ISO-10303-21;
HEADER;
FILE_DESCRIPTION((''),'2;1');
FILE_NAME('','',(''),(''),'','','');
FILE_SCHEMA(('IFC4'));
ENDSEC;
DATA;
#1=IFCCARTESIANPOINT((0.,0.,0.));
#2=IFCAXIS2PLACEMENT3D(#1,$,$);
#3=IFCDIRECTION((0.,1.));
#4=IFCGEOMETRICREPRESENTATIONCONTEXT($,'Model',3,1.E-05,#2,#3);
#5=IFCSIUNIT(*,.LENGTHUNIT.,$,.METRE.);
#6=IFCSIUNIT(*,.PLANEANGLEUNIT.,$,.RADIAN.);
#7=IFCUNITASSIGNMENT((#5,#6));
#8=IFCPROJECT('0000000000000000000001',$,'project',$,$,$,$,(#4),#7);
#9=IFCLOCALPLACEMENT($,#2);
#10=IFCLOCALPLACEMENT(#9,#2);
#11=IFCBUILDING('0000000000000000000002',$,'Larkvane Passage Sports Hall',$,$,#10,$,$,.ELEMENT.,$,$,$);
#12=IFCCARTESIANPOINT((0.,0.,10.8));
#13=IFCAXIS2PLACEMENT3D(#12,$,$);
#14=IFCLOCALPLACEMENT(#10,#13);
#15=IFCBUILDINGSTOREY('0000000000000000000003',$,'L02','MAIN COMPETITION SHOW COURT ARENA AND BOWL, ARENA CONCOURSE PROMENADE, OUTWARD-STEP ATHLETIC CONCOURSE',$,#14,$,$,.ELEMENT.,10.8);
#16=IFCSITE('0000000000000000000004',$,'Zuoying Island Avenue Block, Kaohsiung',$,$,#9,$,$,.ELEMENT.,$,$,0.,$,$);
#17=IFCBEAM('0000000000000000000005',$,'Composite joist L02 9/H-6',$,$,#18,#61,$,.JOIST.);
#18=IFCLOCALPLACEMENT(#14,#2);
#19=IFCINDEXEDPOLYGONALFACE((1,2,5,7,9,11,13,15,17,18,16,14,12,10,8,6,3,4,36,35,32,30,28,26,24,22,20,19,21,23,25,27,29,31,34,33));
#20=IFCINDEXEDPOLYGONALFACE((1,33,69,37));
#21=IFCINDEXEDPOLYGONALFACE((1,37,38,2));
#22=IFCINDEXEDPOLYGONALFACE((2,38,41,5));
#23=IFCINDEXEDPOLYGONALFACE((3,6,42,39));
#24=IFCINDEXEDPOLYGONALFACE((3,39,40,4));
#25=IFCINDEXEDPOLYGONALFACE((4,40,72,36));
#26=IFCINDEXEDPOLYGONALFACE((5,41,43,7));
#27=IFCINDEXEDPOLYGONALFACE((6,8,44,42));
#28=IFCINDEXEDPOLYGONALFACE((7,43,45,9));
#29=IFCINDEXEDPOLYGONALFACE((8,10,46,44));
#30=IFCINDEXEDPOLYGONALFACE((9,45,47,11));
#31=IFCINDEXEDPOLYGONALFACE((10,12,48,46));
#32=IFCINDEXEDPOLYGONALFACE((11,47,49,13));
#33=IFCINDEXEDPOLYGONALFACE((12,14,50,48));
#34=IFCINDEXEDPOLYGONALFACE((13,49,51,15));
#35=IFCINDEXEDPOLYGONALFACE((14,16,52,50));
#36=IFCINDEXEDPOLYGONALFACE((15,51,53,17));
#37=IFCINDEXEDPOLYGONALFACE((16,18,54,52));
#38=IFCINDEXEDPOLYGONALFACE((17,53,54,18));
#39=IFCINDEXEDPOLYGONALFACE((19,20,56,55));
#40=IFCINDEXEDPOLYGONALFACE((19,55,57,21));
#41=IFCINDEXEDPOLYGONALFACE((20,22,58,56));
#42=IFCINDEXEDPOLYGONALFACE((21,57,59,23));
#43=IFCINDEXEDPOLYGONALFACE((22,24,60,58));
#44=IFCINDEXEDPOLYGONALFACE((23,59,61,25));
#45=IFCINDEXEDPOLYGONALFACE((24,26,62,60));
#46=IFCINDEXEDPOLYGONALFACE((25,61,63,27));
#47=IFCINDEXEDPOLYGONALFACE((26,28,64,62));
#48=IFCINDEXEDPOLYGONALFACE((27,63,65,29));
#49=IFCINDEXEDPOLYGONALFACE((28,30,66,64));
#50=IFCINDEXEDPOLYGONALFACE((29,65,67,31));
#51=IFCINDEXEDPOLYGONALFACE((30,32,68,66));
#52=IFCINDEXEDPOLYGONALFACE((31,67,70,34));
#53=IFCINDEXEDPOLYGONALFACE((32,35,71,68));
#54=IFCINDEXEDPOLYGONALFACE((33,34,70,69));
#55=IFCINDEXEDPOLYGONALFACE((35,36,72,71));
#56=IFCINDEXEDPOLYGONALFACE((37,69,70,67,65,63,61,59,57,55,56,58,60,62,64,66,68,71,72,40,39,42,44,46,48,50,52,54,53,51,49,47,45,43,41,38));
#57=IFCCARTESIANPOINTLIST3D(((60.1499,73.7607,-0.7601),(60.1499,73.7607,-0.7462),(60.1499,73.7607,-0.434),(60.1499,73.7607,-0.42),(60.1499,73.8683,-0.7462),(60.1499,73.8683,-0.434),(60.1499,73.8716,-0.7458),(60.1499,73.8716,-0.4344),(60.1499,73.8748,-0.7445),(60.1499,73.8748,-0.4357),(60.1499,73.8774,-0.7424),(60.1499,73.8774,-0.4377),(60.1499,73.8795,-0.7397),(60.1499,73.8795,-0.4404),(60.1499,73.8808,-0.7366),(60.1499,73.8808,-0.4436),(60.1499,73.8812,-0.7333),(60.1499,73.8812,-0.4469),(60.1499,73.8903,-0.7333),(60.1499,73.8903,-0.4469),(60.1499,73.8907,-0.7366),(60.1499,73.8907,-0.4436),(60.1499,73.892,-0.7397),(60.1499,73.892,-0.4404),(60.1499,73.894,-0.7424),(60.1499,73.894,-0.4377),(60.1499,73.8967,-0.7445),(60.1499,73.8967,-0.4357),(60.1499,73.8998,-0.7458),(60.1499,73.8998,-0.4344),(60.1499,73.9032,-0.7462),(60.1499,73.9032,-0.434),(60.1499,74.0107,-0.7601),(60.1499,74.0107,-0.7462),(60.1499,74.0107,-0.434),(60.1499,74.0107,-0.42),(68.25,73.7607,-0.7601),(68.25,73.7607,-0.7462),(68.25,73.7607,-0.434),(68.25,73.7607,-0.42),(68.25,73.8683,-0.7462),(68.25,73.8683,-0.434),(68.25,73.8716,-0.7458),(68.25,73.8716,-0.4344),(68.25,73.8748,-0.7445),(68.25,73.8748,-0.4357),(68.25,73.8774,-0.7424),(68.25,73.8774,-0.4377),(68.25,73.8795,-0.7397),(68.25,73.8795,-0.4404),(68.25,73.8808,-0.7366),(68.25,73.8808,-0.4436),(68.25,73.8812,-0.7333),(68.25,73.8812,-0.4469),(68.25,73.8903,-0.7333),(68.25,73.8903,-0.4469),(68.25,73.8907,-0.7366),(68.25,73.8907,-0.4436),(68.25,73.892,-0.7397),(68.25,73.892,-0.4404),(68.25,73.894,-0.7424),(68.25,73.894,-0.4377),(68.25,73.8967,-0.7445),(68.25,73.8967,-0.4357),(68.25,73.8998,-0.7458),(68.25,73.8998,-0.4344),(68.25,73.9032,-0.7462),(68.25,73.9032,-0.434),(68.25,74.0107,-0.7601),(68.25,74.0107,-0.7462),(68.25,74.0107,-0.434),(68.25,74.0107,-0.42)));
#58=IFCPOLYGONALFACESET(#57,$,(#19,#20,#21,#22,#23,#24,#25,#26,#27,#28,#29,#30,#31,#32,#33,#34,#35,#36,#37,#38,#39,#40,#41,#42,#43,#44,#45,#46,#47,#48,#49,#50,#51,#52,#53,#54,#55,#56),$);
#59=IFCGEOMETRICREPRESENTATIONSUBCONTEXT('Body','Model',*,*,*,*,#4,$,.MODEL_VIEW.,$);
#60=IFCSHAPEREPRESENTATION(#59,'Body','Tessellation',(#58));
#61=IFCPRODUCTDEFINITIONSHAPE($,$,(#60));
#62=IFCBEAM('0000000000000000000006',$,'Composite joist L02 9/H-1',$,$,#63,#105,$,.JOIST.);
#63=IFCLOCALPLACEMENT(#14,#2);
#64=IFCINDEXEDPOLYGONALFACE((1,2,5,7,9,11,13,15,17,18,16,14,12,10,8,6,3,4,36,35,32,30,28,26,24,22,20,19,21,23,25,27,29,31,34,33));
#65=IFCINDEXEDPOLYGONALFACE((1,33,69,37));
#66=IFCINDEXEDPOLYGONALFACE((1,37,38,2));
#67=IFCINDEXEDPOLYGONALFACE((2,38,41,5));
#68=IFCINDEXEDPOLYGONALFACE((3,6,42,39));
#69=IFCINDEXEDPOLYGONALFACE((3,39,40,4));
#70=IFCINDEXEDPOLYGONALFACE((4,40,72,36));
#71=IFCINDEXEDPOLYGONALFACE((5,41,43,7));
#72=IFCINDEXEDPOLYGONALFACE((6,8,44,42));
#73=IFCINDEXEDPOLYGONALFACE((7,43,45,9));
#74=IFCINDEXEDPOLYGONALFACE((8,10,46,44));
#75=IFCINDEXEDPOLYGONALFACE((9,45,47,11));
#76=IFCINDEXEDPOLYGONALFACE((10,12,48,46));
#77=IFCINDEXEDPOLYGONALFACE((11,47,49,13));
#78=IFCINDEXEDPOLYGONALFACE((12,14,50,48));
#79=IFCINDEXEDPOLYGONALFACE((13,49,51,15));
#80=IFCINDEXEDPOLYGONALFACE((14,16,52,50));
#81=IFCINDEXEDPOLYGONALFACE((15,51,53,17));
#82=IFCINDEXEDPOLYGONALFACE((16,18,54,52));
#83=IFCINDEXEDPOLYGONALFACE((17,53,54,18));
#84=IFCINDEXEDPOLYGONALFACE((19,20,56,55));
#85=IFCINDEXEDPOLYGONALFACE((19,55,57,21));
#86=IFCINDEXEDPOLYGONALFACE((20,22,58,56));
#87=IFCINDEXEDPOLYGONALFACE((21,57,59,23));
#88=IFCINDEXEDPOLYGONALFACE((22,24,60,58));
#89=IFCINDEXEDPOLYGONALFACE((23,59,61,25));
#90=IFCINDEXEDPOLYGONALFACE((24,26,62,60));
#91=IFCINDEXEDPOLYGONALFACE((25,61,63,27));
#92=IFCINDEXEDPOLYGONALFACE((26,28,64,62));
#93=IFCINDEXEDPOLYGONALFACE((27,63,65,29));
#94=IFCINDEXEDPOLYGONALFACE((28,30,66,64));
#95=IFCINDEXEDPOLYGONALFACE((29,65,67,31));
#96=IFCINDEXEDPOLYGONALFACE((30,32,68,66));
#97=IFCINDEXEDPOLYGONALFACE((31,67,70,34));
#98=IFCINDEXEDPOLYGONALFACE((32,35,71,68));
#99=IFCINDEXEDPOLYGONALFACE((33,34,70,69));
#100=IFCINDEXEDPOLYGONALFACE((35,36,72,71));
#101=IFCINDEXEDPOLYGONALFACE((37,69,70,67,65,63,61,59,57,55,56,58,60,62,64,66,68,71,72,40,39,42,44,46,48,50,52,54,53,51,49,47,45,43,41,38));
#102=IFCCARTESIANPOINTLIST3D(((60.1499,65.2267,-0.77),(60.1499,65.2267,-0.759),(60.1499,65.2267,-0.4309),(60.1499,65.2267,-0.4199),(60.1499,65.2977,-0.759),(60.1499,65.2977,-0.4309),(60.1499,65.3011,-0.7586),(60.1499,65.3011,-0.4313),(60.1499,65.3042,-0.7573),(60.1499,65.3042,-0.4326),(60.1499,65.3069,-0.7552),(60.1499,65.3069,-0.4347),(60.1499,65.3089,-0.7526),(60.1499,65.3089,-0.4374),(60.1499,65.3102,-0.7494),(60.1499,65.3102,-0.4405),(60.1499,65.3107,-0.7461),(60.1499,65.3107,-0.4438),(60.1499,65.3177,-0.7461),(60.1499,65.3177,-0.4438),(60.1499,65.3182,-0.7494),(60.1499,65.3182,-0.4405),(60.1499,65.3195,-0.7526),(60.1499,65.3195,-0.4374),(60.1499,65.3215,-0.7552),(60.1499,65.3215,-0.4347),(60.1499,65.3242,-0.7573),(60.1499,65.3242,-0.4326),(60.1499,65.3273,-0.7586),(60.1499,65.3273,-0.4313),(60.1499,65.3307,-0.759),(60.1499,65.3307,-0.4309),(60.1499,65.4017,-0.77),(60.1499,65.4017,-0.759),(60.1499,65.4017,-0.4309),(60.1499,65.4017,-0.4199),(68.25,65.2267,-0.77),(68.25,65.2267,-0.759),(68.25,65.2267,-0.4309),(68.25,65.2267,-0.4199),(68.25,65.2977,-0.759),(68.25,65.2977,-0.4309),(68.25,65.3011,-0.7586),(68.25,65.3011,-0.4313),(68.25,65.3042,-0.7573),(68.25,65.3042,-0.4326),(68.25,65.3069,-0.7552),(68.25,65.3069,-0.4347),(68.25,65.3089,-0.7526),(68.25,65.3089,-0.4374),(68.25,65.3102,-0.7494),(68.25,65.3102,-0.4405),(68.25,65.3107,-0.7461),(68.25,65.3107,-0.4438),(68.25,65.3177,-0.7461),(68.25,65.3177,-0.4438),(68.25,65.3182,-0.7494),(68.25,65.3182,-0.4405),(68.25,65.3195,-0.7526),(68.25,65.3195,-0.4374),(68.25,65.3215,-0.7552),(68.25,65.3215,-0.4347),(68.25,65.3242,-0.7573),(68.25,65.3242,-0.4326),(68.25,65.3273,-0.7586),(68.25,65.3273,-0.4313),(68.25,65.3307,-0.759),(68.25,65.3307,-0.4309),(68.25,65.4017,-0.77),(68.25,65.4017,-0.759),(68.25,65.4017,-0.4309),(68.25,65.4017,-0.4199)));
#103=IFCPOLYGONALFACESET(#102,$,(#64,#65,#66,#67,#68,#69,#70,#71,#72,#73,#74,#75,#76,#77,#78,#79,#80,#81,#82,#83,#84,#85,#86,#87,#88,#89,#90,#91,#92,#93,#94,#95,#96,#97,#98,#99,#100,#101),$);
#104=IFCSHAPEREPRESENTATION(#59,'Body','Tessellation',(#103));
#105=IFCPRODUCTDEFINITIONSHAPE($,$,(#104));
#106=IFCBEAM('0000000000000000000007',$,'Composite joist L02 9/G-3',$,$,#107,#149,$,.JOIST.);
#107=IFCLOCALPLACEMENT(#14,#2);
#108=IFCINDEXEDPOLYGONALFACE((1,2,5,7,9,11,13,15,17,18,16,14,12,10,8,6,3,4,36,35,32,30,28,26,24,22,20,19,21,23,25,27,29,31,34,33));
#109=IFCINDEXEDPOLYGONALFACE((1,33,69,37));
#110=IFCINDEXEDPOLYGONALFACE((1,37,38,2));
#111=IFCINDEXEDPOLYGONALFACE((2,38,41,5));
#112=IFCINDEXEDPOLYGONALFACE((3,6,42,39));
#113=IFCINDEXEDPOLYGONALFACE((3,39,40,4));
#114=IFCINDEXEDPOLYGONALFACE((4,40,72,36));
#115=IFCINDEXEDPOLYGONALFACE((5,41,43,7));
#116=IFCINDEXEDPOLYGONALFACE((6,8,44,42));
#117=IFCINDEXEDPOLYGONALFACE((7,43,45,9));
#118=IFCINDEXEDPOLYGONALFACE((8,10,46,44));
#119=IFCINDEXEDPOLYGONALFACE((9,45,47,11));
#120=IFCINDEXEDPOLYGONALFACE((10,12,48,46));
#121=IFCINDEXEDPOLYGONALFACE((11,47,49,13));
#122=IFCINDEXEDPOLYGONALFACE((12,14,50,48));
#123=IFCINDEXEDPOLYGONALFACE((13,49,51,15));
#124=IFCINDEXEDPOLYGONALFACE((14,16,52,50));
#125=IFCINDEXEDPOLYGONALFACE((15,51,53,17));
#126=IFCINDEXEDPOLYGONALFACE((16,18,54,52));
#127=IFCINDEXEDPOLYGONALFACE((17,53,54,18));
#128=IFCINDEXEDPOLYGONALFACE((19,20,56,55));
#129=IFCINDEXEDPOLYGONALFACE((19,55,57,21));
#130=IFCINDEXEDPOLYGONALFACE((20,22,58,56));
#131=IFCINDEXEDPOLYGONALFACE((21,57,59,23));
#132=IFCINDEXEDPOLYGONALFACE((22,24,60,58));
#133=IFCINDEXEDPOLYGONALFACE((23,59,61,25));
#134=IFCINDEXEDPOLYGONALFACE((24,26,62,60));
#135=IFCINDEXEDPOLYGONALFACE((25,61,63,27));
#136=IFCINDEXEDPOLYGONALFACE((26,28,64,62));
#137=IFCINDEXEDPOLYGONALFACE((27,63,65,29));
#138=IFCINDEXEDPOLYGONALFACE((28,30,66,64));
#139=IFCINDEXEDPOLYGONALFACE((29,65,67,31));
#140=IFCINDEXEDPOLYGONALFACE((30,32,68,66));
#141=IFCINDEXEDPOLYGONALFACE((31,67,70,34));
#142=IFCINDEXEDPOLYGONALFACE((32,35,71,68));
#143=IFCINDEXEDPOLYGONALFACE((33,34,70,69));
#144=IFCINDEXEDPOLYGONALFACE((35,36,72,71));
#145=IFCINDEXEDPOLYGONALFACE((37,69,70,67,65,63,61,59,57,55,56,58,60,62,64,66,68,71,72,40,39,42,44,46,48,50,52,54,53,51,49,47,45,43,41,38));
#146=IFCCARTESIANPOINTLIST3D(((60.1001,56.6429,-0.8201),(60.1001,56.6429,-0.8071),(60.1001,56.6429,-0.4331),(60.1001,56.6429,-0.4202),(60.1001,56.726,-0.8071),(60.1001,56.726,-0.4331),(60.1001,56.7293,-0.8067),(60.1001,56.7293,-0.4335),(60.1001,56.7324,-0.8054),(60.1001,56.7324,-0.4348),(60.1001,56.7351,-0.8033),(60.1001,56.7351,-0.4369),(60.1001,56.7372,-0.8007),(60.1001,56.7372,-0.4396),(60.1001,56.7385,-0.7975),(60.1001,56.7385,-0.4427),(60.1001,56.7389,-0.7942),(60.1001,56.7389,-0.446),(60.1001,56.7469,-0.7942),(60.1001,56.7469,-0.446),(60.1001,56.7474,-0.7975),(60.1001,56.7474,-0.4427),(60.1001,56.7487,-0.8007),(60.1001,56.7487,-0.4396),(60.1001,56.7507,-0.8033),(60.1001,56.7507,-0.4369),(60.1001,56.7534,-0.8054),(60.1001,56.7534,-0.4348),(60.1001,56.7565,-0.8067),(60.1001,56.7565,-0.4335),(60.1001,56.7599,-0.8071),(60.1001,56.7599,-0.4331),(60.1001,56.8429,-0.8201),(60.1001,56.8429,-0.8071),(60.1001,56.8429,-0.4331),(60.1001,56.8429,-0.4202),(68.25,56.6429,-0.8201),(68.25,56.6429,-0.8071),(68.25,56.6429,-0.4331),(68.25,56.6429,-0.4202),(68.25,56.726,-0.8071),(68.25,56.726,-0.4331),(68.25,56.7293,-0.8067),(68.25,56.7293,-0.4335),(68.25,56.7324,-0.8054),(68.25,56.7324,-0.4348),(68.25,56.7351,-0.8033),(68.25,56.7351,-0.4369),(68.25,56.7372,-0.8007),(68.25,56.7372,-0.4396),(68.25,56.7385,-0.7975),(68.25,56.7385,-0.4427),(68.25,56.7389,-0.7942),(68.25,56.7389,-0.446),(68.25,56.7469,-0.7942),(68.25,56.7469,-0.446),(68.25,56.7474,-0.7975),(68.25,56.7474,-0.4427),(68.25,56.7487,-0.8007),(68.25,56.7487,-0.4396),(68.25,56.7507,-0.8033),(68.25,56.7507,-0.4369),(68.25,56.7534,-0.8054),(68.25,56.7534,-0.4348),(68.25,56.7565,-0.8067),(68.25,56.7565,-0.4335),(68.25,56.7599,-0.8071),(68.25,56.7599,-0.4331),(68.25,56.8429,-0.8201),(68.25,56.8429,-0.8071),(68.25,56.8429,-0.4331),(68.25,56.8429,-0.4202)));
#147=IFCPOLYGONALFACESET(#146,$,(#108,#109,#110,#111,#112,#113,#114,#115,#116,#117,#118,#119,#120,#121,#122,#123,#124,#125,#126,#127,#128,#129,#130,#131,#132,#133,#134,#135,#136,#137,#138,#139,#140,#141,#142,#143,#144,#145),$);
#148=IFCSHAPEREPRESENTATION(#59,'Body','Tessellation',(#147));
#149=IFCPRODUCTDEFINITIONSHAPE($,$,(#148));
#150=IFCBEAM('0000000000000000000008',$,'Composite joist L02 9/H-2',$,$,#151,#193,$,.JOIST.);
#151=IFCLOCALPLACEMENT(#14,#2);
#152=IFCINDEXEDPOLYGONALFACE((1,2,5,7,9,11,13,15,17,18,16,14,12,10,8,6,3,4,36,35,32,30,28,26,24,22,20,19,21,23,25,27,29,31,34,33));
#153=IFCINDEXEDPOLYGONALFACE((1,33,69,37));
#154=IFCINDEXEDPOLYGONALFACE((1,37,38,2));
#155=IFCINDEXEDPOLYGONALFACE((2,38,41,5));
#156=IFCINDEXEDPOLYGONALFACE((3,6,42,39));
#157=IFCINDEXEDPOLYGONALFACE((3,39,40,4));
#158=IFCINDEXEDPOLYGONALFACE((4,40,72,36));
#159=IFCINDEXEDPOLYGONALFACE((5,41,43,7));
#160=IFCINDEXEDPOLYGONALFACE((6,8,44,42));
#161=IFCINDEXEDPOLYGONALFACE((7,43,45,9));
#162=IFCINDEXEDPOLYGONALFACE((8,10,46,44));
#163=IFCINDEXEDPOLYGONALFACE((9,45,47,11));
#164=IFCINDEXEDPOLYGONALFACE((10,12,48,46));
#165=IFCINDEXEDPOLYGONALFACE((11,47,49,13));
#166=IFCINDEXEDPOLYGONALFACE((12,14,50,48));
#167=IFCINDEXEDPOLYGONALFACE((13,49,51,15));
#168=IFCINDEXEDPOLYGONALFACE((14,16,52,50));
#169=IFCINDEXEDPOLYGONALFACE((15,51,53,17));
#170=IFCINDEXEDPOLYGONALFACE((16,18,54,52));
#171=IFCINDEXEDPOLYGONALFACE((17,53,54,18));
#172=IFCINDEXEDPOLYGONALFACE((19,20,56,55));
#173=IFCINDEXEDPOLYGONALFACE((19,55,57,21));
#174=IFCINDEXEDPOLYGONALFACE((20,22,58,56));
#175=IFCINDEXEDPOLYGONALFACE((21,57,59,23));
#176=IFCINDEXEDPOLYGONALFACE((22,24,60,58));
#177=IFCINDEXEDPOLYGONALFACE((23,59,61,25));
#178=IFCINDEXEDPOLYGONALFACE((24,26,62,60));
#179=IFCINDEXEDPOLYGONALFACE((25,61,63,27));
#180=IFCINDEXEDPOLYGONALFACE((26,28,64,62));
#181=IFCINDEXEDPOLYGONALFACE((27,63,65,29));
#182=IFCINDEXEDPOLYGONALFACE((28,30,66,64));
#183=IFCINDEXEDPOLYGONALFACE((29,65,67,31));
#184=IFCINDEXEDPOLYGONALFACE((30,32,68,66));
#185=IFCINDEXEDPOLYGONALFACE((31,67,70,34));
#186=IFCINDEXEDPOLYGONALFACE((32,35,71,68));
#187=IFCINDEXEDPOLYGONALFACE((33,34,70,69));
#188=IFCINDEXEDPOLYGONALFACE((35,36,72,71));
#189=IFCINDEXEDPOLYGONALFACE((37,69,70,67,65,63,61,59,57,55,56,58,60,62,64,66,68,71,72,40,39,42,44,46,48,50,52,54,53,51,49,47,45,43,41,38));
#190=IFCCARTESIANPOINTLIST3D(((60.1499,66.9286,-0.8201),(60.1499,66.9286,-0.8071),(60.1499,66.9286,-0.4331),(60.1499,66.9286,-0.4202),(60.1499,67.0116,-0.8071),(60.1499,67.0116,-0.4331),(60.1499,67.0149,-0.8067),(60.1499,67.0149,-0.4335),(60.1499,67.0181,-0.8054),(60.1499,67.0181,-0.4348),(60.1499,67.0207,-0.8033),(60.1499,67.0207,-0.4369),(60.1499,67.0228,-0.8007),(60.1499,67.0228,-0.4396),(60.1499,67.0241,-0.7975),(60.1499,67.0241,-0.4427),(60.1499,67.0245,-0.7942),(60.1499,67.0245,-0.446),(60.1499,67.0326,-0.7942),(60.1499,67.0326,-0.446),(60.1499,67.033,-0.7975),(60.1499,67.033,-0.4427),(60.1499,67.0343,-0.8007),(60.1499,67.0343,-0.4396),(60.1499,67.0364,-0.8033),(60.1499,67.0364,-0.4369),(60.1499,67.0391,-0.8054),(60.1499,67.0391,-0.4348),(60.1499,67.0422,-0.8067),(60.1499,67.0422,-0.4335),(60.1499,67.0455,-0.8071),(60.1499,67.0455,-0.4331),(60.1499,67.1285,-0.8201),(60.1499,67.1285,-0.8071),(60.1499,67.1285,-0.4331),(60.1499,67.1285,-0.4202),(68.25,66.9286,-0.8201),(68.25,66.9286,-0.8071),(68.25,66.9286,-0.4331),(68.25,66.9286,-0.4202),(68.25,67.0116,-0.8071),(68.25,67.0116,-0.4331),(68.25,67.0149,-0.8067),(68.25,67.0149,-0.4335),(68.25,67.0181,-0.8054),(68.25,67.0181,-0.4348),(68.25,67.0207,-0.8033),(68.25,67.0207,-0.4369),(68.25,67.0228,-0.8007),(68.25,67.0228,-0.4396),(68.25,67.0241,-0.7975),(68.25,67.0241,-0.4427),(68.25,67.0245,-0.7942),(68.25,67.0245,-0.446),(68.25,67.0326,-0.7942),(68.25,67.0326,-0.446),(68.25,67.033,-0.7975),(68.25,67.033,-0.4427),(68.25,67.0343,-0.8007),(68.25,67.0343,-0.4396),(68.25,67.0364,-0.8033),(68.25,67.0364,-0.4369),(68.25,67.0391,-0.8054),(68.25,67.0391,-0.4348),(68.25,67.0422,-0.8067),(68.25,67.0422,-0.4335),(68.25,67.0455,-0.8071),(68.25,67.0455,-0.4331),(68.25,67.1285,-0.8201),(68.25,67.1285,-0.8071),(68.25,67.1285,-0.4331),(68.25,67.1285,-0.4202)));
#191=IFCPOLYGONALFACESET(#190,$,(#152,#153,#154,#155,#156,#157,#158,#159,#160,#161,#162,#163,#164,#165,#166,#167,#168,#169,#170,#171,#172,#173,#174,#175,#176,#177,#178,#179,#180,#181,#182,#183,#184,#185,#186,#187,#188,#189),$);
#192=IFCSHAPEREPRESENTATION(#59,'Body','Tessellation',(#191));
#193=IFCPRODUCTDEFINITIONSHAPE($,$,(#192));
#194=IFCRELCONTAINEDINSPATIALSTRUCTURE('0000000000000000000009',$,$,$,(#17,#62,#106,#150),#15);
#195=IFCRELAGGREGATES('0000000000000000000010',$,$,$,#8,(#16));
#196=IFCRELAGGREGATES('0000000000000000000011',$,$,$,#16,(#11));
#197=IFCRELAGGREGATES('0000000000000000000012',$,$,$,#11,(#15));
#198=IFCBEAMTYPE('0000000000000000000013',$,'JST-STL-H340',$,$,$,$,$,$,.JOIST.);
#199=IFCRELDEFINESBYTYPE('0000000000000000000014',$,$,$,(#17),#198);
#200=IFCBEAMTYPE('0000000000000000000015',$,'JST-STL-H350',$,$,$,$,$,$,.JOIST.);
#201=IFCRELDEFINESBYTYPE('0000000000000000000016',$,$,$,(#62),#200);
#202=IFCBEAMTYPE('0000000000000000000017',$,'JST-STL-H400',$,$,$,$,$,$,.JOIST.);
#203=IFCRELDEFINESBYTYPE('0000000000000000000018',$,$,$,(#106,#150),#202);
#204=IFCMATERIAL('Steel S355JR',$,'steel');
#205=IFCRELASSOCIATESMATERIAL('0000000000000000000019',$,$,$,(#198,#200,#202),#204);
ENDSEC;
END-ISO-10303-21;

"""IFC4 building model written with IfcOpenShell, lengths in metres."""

from ifc_helpers import new_model, si_unit, direction, frame, origin, origin_2d, place, context, subcontext, project, spatial, i_section, extrude, material, material_profile, profile_set, type_object, element, save


model = new_model("IFC4")

# Units and contexts
model_context = context("Model", 3, precision=1e-05, world=origin(), true_north=direction((0.0, 1.0)))
body_context = subcontext(model_context, "Body", "Model", "MODEL_VIEW")
ifc_project = project(units=[si_unit("LENGTHUNIT", "METRE"), si_unit("PLANEANGLEUNIT", "RADIAN")], contexts=[model_context])

# Site, building, storey
site_placement = place(None, origin())
site = spatial("IfcSite", under=ifc_project, at=site_placement, Name="Zuoying Island Avenue Block, Kaohsiung", CompositionType="ELEMENT", RefElevation=0.0)
building_placement = place(site_placement, origin())
building = spatial("IfcBuilding", under=site, at=building_placement, Name="Larkvane Passage Sports Hall", CompositionType="ELEMENT")
storey_placement = place(building_placement, frame((0.0, 0.0, 10.8)))
storey = spatial("IfcBuildingStorey", under=building, at=storey_placement, Name="L02", Description="MAIN COMPETITION SHOW COURT ARENA AND BOWL, ARENA CONCOURSE PROMENADE, OUTWARD-STEP ATHLETIC CONCOURSE", CompositionType="ELEMENT", Elevation=10.8)

# Shared definitions
ifc_material_1 = material(Name="Steel S355JR", Category="steel")

# Beams
ifc_material_profile_1 = material_profile(ifc_material_1, i_section(OverallWidth=0.25, OverallDepth=0.3401, WebThickness=0.009, FlangeThickness=0.0139, FilletRadius=0.0129, at=origin_2d()), Name="H-340x250x9x14")
ifc_profile_set_1 = profile_set([ifc_material_profile_1], Name="Steel S355JR")
beam_type_1 = type_object("IfcBeamType", Name="JST-STL-H340", PredefinedType="JOIST", material=ifc_profile_set_1)
beam_1_placement = place(storey_placement, frame((60.1499, 73.8857, -0.5901), z_axis=(1.0, 0.0, 0.0), x_axis=(0.0, 1.0, 0.0)))
element("IfcBeam", 1, at=beam_1_placement, inside=storey, type_object=beam_type_1, Name="Composite joist L02 9/H-6", PredefinedType="JOIST", context=body_context, shape_type="SweptSolid", body=[
    extrude(i_section(OverallWidth=0.25, OverallDepth=0.3401, WebThickness=0.009, FlangeThickness=0.0139, FilletRadius=0.0129, at=origin_2d()), origin(), (0.0, 0.0, 1.0), 8.1001),
])
ifc_material_profile_2 = material_profile(ifc_material_1, i_section(OverallWidth=0.175, OverallDepth=0.3501, WebThickness=0.0071, FlangeThickness=0.011, FilletRadius=0.0129, at=origin_2d()), Name="H-350x175x7x11")
ifc_profile_set_2 = profile_set([ifc_material_profile_2], Name="Steel S355JR")
beam_type_2 = type_object("IfcBeamType", Name="JST-STL-H350", PredefinedType="JOIST", material=ifc_profile_set_2)
beam_2_placement = place(storey_placement, frame((60.1499, 65.3142, -0.595), z_axis=(1.0, 0.0, 0.0), x_axis=(0.0, 1.0, 0.0)))
element("IfcBeam", 2, at=beam_2_placement, inside=storey, type_object=beam_type_2, Name="Composite joist L02 9/H-1", PredefinedType="JOIST", context=body_context, shape_type="SweptSolid", body=[
    extrude(i_section(OverallWidth=0.175, OverallDepth=0.3501, WebThickness=0.0071, FlangeThickness=0.011, FilletRadius=0.0129, at=origin_2d()), origin(), (0.0, 0.0, 1.0), 8.1001),
])
ifc_material_profile_3 = material_profile(ifc_material_1, i_section(OverallWidth=0.2, OverallDepth=0.3999, WebThickness=0.0081, FlangeThickness=0.0129, FilletRadius=0.0129, at=origin_2d()), Name="H-400x200x8x13")
ifc_profile_set_3 = profile_set([ifc_material_profile_3], Name="Steel S355JR")
beam_type_3 = type_object("IfcBeamType", Name="JST-STL-H400", PredefinedType="JOIST", material=ifc_profile_set_3)
beam_3_placement = place(storey_placement, frame((60.1001, 56.7429, -0.6201), z_axis=(1.0, 0.0, 0.0), x_axis=(0.0, 1.0, 0.0)))
element("IfcBeam", 3, at=beam_3_placement, inside=storey, type_object=beam_type_3, Name="Composite joist L02 9/G-3", PredefinedType="JOIST", context=body_context, shape_type="SweptSolid", body=[
    extrude(i_section(OverallWidth=0.2, OverallDepth=0.3999, WebThickness=0.0081, FlangeThickness=0.0129, FilletRadius=0.0129, at=origin_2d()), origin(), (0.0, 0.0, 1.0), 8.1499),
])
beam_4_placement = place(storey_placement, frame((60.1499, 67.0286, -0.6201), z_axis=(1.0, 0.0, 0.0), x_axis=(0.0, 1.0, 0.0)))
element("IfcBeam", 4, at=beam_4_placement, inside=storey, type_object=beam_type_3, Name="Composite joist L02 9/H-2", PredefinedType="JOIST", context=body_context, shape_type="SweptSolid", body=[
    extrude(i_section(OverallWidth=0.2, OverallDepth=0.3999, WebThickness=0.0081, FlangeThickness=0.0129, FilletRadius=0.0129, at=origin_2d()), origin(), (0.0, 0.0, 1.0), 8.1001),
])

save(model, "model.ifc")
